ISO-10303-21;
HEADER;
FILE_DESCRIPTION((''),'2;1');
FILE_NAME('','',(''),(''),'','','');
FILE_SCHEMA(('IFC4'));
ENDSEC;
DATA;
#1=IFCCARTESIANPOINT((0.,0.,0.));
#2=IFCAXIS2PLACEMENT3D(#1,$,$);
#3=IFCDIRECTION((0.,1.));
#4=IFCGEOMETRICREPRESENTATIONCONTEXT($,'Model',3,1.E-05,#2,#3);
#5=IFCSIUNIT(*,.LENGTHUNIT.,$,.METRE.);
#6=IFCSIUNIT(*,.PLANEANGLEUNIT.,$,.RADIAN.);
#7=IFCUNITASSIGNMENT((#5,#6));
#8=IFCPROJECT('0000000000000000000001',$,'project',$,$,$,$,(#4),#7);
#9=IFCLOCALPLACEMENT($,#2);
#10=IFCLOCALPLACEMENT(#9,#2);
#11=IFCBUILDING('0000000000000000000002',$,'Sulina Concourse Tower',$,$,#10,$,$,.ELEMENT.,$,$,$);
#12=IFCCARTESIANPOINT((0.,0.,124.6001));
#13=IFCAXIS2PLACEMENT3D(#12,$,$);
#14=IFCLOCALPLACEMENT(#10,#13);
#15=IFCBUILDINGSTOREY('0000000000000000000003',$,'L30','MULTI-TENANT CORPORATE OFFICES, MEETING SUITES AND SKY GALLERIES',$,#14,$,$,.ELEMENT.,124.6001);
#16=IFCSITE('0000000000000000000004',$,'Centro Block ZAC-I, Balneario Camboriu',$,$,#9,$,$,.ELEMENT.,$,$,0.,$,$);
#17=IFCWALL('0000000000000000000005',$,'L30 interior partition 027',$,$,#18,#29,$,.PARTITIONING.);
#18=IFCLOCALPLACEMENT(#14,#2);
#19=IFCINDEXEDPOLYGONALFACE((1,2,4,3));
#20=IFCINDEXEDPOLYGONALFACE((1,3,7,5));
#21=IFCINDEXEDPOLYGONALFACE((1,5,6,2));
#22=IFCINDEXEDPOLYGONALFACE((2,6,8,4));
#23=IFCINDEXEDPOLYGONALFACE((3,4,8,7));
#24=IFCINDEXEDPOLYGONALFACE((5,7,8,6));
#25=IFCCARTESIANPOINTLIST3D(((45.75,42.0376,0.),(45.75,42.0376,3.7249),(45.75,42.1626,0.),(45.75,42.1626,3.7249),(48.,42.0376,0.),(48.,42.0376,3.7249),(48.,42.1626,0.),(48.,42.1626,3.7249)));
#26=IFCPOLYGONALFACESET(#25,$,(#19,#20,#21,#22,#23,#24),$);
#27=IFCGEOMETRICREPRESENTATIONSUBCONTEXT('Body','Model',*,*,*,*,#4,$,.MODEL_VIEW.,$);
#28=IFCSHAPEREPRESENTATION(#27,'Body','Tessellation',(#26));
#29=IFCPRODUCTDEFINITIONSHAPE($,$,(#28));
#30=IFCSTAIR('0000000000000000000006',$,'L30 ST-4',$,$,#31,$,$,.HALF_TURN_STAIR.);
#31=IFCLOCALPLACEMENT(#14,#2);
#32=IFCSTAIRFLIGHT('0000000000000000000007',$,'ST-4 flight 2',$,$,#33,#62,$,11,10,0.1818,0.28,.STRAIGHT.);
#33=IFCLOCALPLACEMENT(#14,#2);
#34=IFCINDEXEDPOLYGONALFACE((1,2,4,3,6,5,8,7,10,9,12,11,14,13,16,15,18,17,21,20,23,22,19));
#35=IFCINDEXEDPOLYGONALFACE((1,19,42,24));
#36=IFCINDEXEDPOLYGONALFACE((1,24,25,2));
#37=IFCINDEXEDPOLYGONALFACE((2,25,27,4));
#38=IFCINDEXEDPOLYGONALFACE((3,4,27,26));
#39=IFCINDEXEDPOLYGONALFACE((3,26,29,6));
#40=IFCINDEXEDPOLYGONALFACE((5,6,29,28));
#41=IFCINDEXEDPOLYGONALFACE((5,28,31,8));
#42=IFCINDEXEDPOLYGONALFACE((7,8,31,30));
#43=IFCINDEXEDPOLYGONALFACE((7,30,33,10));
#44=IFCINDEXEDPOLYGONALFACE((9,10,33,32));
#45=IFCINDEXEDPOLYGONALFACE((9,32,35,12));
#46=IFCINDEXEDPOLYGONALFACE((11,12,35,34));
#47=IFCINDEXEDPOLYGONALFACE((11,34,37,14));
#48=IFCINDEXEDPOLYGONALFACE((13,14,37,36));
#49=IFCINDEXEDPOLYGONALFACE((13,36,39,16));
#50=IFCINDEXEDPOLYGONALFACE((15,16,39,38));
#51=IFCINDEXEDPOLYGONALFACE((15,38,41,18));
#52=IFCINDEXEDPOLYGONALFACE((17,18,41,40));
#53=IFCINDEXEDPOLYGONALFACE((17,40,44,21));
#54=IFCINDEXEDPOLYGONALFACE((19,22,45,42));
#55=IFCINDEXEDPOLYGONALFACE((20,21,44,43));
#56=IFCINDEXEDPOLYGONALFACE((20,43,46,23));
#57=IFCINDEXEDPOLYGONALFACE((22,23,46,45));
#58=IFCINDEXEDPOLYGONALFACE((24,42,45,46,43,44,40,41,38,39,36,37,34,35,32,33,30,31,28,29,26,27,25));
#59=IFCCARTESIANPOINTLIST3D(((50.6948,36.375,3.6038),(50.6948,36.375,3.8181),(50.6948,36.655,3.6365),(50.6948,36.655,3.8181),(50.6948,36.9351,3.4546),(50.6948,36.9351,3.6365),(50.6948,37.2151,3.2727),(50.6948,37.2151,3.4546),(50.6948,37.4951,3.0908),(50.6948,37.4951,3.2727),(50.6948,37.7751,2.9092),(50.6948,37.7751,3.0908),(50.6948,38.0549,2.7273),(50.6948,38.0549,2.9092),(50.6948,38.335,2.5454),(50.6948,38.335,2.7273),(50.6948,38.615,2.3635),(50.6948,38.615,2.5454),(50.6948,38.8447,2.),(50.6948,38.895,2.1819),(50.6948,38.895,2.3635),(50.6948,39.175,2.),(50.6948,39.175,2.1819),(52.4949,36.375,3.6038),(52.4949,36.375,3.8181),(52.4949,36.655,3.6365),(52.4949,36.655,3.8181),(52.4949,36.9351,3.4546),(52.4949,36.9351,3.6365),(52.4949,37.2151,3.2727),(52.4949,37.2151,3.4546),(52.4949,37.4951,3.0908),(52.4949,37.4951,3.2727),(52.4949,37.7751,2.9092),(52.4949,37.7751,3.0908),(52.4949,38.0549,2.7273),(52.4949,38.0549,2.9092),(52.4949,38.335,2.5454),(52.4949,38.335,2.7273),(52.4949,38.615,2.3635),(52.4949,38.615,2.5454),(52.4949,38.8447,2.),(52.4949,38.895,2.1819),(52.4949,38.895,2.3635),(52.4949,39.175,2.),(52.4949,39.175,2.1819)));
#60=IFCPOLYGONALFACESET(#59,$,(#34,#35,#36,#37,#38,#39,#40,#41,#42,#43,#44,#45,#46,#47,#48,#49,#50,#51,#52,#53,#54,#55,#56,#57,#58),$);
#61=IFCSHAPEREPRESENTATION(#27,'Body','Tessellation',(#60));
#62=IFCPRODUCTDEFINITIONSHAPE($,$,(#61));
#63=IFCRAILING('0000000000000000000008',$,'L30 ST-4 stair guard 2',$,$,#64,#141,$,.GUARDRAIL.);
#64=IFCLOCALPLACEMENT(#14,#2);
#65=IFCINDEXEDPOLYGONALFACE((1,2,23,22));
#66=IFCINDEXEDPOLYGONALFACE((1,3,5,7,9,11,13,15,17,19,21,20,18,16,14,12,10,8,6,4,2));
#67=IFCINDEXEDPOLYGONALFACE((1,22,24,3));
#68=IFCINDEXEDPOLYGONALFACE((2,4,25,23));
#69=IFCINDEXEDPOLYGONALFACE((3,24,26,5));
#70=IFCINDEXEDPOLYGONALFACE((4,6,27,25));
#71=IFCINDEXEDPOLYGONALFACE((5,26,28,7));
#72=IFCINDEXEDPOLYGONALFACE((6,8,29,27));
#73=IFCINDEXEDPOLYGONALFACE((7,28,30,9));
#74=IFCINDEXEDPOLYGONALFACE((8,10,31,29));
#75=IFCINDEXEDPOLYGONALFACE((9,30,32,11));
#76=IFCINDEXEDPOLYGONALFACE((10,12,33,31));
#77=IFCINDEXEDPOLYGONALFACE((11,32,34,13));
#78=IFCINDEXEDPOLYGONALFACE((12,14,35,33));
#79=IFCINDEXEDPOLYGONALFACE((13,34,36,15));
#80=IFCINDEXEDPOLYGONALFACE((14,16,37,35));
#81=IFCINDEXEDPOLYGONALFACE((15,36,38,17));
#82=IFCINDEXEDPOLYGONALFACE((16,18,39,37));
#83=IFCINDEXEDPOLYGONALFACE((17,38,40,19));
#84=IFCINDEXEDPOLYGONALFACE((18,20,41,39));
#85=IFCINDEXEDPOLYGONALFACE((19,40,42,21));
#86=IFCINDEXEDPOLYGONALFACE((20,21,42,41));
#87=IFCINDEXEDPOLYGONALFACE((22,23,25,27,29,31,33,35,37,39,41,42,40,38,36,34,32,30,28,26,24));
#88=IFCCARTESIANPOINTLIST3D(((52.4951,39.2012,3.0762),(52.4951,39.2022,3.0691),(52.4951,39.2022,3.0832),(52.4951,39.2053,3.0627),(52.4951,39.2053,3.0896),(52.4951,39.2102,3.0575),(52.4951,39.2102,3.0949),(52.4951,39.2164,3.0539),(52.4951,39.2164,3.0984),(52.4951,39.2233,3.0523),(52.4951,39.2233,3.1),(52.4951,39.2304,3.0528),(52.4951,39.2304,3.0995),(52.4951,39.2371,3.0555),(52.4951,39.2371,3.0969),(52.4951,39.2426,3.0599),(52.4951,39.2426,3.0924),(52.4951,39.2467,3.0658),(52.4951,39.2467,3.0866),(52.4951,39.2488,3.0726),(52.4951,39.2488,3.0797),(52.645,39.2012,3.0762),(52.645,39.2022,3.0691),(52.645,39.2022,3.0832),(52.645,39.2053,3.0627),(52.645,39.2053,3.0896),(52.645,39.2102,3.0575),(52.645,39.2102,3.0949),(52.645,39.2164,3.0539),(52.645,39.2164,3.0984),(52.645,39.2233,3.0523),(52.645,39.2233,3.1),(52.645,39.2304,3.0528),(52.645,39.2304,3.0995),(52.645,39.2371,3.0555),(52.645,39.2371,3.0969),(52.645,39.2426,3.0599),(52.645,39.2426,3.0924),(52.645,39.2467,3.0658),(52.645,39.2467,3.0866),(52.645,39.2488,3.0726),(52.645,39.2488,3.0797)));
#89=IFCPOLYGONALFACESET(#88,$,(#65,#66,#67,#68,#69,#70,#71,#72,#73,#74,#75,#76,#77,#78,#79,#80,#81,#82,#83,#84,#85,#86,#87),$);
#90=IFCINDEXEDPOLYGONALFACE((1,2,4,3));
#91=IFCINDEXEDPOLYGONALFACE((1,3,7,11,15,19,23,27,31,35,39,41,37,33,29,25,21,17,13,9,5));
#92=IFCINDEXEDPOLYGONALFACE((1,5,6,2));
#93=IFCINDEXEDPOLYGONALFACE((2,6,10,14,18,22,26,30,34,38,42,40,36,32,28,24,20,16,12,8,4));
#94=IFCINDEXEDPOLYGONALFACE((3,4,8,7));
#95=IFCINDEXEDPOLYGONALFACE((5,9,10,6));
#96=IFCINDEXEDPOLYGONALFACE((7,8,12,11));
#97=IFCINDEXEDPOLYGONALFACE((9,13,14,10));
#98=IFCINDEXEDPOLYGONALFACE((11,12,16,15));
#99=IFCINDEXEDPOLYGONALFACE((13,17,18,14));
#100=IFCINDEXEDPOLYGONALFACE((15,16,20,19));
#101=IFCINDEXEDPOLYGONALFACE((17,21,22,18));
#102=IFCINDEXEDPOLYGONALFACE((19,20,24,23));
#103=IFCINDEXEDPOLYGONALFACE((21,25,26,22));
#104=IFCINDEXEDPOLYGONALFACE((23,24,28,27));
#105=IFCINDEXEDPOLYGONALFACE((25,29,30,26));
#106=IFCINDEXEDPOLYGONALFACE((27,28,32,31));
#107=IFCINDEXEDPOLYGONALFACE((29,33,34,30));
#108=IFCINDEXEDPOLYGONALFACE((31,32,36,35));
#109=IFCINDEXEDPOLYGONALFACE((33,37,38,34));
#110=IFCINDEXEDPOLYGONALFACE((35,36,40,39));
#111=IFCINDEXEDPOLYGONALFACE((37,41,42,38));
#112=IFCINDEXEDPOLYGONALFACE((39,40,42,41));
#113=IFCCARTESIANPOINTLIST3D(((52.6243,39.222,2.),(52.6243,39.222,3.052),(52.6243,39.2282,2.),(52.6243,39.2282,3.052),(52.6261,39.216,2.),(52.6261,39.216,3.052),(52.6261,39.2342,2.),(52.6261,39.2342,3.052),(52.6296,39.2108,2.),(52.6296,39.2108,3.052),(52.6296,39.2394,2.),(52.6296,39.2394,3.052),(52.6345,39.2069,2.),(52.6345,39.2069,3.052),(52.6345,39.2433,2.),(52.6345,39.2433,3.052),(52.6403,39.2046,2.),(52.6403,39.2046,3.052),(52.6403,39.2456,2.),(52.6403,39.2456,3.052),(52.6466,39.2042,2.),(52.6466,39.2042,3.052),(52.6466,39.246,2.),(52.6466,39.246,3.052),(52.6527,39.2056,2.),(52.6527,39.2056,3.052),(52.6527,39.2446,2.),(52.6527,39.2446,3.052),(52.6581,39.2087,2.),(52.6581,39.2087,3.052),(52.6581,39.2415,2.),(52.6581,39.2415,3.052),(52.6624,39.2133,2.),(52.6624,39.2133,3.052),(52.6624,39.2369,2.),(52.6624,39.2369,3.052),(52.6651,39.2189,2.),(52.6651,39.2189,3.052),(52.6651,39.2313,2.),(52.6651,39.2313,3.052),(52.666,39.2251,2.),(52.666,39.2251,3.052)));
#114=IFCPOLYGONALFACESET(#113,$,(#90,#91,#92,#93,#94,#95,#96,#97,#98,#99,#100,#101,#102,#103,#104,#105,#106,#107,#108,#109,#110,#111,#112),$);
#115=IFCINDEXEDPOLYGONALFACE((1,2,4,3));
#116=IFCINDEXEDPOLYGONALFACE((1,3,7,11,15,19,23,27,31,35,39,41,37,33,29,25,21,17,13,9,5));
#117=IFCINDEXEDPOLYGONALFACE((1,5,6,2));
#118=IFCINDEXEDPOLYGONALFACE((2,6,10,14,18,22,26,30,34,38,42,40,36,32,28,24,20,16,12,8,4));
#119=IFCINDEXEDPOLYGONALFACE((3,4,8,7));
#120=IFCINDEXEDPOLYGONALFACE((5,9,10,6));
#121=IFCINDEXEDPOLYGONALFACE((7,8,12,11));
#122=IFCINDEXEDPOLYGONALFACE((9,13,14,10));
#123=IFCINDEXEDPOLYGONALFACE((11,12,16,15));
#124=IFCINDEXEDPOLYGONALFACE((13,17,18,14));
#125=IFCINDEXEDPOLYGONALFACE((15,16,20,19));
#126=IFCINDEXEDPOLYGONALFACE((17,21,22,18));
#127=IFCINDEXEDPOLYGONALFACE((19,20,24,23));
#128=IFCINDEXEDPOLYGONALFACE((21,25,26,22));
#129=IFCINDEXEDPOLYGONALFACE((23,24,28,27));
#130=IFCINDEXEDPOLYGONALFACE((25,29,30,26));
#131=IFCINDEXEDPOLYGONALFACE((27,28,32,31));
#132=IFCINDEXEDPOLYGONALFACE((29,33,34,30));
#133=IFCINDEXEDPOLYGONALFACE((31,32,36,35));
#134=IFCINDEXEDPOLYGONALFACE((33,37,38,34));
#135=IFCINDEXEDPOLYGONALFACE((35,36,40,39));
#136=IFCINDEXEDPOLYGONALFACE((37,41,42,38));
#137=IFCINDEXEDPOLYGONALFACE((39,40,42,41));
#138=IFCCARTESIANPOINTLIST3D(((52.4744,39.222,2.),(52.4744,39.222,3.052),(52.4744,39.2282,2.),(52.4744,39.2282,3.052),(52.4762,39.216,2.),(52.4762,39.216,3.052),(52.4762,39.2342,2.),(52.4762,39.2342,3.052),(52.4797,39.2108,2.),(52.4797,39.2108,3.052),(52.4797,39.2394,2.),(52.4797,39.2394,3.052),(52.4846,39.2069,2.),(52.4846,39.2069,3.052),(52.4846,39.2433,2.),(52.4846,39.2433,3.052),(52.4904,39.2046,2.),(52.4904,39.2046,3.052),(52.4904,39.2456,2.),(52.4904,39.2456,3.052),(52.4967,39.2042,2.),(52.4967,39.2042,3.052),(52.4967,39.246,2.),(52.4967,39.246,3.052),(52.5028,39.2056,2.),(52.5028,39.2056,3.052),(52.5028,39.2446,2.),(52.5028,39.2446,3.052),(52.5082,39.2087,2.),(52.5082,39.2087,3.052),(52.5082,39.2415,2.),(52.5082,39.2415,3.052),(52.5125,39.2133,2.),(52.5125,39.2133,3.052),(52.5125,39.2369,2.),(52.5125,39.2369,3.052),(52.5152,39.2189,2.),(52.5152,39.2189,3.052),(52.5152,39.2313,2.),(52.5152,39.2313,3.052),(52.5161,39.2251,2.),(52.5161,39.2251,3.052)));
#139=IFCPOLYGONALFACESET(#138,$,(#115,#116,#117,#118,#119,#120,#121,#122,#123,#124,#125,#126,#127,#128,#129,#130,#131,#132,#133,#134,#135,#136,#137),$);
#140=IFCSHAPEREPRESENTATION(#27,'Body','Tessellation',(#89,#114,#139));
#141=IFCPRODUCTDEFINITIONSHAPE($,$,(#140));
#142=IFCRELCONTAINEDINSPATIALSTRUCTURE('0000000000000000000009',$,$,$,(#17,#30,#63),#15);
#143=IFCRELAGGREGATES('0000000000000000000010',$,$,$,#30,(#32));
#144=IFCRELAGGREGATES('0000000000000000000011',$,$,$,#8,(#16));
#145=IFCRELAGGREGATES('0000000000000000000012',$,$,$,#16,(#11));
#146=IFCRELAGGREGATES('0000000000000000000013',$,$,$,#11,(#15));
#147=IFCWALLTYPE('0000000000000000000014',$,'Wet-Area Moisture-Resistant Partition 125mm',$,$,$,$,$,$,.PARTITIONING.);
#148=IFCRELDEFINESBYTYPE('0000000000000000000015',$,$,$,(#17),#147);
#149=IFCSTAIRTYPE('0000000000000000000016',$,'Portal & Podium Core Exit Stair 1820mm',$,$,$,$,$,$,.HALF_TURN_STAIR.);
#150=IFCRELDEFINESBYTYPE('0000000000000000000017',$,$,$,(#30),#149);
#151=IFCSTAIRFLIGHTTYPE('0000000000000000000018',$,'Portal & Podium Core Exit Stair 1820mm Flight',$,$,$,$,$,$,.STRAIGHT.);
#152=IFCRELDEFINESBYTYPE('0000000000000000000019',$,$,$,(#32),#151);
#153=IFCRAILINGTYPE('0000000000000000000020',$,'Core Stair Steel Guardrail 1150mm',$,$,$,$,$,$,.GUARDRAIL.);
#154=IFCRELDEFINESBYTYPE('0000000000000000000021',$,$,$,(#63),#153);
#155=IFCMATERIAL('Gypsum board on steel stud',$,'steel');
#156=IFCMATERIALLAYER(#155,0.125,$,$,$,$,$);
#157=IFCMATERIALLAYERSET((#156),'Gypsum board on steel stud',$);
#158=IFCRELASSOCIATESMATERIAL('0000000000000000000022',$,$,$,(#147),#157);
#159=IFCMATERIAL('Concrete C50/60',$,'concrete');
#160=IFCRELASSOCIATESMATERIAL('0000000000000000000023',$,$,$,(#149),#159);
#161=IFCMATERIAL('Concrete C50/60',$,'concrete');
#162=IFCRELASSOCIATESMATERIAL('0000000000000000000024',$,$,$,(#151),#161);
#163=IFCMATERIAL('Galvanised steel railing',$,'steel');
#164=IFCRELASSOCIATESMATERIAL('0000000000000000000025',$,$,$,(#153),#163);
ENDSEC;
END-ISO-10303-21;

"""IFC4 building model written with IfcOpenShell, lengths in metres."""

from ifc_helpers import new_model, si_unit, direction, frame, frame_2d, origin, origin_2d, place, context, subcontext, project, spatial, polyline, rectangle, circle, outline, extrude, material, layer, layer_set, type_object, element, aggregate, save


model = new_model("IFC4")

# Units and contexts
model_context = context("Model", 3, precision=1e-05, world=origin(), true_north=direction((0.0, 1.0)))
body_context = subcontext(model_context, "Body", "Model", "MODEL_VIEW")
ifc_project = project(units=[si_unit("LENGTHUNIT", "METRE"), si_unit("PLANEANGLEUNIT", "RADIAN")], contexts=[model_context])

# Site, building, storey
site_placement = place(None, origin())
site = spatial("IfcSite", under=ifc_project, at=site_placement, Name="Centro Block ZAC-I, Balneario Camboriu", CompositionType="ELEMENT", RefElevation=0.0)
building_placement = place(site_placement, origin())
building = spatial("IfcBuilding", under=site, at=building_placement, Name="Sulina Concourse Tower", CompositionType="ELEMENT")
storey_placement = place(building_placement, frame((0.0, 0.0, 124.6001)))
storey = spatial("IfcBuildingStorey", under=building, at=storey_placement, Name="L30", Description="MULTI-TENANT CORPORATE OFFICES, MEETING SUITES AND SKY GALLERIES", CompositionType="ELEMENT", Elevation=124.6001)

# Wall
ifc_material_1 = material(Name="Gypsum board on steel stud", Category="steel")
ifc_layer_1 = layer(ifc_material_1, 0.125)
ifc_layer_set_1 = layer_set([ifc_layer_1], Name="Gypsum board on steel stud")
wall_type_1 = type_object("IfcWallType", Name="Wet-Area Moisture-Resistant Partition 125mm", PredefinedType="PARTITIONING", material=ifc_layer_set_1)
wall_1_placement = place(storey_placement, frame((45.75, 42.1001, 0.0), z_axis=(0.0, 0.0, 1.0), x_axis=(1.0, 0.0, 0.0)))
element("IfcWall", 1, at=wall_1_placement, inside=storey, type_object=wall_type_1, Name="L30 interior partition 027", PredefinedType="PARTITIONING", context=body_context, shape_type="SweptSolid", body=[
    extrude(rectangle(XDim=2.25, YDim=0.125, at=frame_2d((1.125, 0.0))), origin(), (0.0, 0.0, 1.0), 3.7249),
])

# Stair, stair flight
ifc_material_2 = material(Name="Concrete C50/60", Category="concrete")
stair_type = type_object("IfcStairType", Name="Portal & Podium Core Exit Stair 1820mm", PredefinedType="HALF_TURN_STAIR", material=ifc_material_2)
stair_placement = place(storey_placement, origin())
stair = element("IfcStair", 2, at=stair_placement, inside=storey, type_object=stair_type, Name="L30 ST-4", PredefinedType="HALF_TURN_STAIR")
ifc_material_3 = material(Name="Concrete C50/60", Category="concrete")
stair_flight_type = type_object("IfcStairFlightType", Name="Portal & Podium Core Exit Stair 1820mm Flight", PredefinedType="STRAIGHT", material=ifc_material_3)
stair_flight_placement = place(storey_placement, frame((51.595, 39.175, 2.0), z_axis=(0.0, 0.0, 1.0), x_axis=(0.0, -1.0, 0.0)))
stair_flight = element("IfcStairFlight", 3, at=stair_flight_placement, type_object=stair_flight_type, Name="ST-4 flight 2", NumberOfRisers=11, NumberOfTreads=10, PredefinedType="STRAIGHT", RiserHeight=0.1818, TreadLength=0.28, context=body_context, shape_type="SweptSolid", body=[
    extrude(outline(polyline([(0.0, 0.0), (0.0, 0.1819), (0.28, 0.1819), (0.28, 0.3635), (0.5601, 0.3635), (0.5601, 0.5454), (0.8401, 0.5454), (0.8401, 0.7273), (1.1201, 0.7273), (1.1201, 0.9092), (1.3999, 0.9092), (1.3999, 1.0908), (1.6799, 1.0908), (1.6799, 1.2727), (1.96, 1.2727), (1.96, 1.4546), (2.24, 1.4546), (2.24, 1.6365), (2.52, 1.6365), (2.52, 1.8181), (2.8, 1.8181), (2.8, 2.0), (2.8, 1.6038), (0.3303, 0.0), (0.0, 0.0)])), frame((0.0, 0.8999, 0.0), z_axis=(0.0, -1.0, 0.0), x_axis=(1.0, 0.0, 0.0)), (0.0, 0.0, 1.0), 1.8),
])
aggregate(stair, [stair_flight])

# Railing
ifc_material_4 = material(Name="Galvanised steel railing", Category="steel")
railing_type_1 = type_object("IfcRailingType", Name="Core Stair Steel Guardrail 1150mm", PredefinedType="GUARDRAIL", material=ifc_material_4)
railing_1_placement = place(storey_placement, frame((52.645, 39.2251, 2.0)))
element("IfcRailing", 4, at=railing_1_placement, inside=storey, type_object=railing_type_1, Name="L30 ST-4 stair guard 2", PredefinedType="GUARDRAIL", context=body_context, shape_type="SweptSolid", body=[
    extrude(circle(Radius=0.0239, at=origin_2d()), frame((0.0, 0.0, 1.0762), z_axis=(-1.0, 0.0, 0.0), x_axis=(0.0, -1.0, 0.0)), (0.0, 0.0, 1.0), 0.1499),
    extrude(circle(Radius=0.021, at=origin_2d()), origin(), (0.0, 0.0, 1.0), 1.052),
    extrude(circle(Radius=0.021, at=origin_2d()), frame((-0.1499, 0.0, 0.0)), (0.0, 0.0, 1.0), 1.052),
])

save(model, "model.ifc")
